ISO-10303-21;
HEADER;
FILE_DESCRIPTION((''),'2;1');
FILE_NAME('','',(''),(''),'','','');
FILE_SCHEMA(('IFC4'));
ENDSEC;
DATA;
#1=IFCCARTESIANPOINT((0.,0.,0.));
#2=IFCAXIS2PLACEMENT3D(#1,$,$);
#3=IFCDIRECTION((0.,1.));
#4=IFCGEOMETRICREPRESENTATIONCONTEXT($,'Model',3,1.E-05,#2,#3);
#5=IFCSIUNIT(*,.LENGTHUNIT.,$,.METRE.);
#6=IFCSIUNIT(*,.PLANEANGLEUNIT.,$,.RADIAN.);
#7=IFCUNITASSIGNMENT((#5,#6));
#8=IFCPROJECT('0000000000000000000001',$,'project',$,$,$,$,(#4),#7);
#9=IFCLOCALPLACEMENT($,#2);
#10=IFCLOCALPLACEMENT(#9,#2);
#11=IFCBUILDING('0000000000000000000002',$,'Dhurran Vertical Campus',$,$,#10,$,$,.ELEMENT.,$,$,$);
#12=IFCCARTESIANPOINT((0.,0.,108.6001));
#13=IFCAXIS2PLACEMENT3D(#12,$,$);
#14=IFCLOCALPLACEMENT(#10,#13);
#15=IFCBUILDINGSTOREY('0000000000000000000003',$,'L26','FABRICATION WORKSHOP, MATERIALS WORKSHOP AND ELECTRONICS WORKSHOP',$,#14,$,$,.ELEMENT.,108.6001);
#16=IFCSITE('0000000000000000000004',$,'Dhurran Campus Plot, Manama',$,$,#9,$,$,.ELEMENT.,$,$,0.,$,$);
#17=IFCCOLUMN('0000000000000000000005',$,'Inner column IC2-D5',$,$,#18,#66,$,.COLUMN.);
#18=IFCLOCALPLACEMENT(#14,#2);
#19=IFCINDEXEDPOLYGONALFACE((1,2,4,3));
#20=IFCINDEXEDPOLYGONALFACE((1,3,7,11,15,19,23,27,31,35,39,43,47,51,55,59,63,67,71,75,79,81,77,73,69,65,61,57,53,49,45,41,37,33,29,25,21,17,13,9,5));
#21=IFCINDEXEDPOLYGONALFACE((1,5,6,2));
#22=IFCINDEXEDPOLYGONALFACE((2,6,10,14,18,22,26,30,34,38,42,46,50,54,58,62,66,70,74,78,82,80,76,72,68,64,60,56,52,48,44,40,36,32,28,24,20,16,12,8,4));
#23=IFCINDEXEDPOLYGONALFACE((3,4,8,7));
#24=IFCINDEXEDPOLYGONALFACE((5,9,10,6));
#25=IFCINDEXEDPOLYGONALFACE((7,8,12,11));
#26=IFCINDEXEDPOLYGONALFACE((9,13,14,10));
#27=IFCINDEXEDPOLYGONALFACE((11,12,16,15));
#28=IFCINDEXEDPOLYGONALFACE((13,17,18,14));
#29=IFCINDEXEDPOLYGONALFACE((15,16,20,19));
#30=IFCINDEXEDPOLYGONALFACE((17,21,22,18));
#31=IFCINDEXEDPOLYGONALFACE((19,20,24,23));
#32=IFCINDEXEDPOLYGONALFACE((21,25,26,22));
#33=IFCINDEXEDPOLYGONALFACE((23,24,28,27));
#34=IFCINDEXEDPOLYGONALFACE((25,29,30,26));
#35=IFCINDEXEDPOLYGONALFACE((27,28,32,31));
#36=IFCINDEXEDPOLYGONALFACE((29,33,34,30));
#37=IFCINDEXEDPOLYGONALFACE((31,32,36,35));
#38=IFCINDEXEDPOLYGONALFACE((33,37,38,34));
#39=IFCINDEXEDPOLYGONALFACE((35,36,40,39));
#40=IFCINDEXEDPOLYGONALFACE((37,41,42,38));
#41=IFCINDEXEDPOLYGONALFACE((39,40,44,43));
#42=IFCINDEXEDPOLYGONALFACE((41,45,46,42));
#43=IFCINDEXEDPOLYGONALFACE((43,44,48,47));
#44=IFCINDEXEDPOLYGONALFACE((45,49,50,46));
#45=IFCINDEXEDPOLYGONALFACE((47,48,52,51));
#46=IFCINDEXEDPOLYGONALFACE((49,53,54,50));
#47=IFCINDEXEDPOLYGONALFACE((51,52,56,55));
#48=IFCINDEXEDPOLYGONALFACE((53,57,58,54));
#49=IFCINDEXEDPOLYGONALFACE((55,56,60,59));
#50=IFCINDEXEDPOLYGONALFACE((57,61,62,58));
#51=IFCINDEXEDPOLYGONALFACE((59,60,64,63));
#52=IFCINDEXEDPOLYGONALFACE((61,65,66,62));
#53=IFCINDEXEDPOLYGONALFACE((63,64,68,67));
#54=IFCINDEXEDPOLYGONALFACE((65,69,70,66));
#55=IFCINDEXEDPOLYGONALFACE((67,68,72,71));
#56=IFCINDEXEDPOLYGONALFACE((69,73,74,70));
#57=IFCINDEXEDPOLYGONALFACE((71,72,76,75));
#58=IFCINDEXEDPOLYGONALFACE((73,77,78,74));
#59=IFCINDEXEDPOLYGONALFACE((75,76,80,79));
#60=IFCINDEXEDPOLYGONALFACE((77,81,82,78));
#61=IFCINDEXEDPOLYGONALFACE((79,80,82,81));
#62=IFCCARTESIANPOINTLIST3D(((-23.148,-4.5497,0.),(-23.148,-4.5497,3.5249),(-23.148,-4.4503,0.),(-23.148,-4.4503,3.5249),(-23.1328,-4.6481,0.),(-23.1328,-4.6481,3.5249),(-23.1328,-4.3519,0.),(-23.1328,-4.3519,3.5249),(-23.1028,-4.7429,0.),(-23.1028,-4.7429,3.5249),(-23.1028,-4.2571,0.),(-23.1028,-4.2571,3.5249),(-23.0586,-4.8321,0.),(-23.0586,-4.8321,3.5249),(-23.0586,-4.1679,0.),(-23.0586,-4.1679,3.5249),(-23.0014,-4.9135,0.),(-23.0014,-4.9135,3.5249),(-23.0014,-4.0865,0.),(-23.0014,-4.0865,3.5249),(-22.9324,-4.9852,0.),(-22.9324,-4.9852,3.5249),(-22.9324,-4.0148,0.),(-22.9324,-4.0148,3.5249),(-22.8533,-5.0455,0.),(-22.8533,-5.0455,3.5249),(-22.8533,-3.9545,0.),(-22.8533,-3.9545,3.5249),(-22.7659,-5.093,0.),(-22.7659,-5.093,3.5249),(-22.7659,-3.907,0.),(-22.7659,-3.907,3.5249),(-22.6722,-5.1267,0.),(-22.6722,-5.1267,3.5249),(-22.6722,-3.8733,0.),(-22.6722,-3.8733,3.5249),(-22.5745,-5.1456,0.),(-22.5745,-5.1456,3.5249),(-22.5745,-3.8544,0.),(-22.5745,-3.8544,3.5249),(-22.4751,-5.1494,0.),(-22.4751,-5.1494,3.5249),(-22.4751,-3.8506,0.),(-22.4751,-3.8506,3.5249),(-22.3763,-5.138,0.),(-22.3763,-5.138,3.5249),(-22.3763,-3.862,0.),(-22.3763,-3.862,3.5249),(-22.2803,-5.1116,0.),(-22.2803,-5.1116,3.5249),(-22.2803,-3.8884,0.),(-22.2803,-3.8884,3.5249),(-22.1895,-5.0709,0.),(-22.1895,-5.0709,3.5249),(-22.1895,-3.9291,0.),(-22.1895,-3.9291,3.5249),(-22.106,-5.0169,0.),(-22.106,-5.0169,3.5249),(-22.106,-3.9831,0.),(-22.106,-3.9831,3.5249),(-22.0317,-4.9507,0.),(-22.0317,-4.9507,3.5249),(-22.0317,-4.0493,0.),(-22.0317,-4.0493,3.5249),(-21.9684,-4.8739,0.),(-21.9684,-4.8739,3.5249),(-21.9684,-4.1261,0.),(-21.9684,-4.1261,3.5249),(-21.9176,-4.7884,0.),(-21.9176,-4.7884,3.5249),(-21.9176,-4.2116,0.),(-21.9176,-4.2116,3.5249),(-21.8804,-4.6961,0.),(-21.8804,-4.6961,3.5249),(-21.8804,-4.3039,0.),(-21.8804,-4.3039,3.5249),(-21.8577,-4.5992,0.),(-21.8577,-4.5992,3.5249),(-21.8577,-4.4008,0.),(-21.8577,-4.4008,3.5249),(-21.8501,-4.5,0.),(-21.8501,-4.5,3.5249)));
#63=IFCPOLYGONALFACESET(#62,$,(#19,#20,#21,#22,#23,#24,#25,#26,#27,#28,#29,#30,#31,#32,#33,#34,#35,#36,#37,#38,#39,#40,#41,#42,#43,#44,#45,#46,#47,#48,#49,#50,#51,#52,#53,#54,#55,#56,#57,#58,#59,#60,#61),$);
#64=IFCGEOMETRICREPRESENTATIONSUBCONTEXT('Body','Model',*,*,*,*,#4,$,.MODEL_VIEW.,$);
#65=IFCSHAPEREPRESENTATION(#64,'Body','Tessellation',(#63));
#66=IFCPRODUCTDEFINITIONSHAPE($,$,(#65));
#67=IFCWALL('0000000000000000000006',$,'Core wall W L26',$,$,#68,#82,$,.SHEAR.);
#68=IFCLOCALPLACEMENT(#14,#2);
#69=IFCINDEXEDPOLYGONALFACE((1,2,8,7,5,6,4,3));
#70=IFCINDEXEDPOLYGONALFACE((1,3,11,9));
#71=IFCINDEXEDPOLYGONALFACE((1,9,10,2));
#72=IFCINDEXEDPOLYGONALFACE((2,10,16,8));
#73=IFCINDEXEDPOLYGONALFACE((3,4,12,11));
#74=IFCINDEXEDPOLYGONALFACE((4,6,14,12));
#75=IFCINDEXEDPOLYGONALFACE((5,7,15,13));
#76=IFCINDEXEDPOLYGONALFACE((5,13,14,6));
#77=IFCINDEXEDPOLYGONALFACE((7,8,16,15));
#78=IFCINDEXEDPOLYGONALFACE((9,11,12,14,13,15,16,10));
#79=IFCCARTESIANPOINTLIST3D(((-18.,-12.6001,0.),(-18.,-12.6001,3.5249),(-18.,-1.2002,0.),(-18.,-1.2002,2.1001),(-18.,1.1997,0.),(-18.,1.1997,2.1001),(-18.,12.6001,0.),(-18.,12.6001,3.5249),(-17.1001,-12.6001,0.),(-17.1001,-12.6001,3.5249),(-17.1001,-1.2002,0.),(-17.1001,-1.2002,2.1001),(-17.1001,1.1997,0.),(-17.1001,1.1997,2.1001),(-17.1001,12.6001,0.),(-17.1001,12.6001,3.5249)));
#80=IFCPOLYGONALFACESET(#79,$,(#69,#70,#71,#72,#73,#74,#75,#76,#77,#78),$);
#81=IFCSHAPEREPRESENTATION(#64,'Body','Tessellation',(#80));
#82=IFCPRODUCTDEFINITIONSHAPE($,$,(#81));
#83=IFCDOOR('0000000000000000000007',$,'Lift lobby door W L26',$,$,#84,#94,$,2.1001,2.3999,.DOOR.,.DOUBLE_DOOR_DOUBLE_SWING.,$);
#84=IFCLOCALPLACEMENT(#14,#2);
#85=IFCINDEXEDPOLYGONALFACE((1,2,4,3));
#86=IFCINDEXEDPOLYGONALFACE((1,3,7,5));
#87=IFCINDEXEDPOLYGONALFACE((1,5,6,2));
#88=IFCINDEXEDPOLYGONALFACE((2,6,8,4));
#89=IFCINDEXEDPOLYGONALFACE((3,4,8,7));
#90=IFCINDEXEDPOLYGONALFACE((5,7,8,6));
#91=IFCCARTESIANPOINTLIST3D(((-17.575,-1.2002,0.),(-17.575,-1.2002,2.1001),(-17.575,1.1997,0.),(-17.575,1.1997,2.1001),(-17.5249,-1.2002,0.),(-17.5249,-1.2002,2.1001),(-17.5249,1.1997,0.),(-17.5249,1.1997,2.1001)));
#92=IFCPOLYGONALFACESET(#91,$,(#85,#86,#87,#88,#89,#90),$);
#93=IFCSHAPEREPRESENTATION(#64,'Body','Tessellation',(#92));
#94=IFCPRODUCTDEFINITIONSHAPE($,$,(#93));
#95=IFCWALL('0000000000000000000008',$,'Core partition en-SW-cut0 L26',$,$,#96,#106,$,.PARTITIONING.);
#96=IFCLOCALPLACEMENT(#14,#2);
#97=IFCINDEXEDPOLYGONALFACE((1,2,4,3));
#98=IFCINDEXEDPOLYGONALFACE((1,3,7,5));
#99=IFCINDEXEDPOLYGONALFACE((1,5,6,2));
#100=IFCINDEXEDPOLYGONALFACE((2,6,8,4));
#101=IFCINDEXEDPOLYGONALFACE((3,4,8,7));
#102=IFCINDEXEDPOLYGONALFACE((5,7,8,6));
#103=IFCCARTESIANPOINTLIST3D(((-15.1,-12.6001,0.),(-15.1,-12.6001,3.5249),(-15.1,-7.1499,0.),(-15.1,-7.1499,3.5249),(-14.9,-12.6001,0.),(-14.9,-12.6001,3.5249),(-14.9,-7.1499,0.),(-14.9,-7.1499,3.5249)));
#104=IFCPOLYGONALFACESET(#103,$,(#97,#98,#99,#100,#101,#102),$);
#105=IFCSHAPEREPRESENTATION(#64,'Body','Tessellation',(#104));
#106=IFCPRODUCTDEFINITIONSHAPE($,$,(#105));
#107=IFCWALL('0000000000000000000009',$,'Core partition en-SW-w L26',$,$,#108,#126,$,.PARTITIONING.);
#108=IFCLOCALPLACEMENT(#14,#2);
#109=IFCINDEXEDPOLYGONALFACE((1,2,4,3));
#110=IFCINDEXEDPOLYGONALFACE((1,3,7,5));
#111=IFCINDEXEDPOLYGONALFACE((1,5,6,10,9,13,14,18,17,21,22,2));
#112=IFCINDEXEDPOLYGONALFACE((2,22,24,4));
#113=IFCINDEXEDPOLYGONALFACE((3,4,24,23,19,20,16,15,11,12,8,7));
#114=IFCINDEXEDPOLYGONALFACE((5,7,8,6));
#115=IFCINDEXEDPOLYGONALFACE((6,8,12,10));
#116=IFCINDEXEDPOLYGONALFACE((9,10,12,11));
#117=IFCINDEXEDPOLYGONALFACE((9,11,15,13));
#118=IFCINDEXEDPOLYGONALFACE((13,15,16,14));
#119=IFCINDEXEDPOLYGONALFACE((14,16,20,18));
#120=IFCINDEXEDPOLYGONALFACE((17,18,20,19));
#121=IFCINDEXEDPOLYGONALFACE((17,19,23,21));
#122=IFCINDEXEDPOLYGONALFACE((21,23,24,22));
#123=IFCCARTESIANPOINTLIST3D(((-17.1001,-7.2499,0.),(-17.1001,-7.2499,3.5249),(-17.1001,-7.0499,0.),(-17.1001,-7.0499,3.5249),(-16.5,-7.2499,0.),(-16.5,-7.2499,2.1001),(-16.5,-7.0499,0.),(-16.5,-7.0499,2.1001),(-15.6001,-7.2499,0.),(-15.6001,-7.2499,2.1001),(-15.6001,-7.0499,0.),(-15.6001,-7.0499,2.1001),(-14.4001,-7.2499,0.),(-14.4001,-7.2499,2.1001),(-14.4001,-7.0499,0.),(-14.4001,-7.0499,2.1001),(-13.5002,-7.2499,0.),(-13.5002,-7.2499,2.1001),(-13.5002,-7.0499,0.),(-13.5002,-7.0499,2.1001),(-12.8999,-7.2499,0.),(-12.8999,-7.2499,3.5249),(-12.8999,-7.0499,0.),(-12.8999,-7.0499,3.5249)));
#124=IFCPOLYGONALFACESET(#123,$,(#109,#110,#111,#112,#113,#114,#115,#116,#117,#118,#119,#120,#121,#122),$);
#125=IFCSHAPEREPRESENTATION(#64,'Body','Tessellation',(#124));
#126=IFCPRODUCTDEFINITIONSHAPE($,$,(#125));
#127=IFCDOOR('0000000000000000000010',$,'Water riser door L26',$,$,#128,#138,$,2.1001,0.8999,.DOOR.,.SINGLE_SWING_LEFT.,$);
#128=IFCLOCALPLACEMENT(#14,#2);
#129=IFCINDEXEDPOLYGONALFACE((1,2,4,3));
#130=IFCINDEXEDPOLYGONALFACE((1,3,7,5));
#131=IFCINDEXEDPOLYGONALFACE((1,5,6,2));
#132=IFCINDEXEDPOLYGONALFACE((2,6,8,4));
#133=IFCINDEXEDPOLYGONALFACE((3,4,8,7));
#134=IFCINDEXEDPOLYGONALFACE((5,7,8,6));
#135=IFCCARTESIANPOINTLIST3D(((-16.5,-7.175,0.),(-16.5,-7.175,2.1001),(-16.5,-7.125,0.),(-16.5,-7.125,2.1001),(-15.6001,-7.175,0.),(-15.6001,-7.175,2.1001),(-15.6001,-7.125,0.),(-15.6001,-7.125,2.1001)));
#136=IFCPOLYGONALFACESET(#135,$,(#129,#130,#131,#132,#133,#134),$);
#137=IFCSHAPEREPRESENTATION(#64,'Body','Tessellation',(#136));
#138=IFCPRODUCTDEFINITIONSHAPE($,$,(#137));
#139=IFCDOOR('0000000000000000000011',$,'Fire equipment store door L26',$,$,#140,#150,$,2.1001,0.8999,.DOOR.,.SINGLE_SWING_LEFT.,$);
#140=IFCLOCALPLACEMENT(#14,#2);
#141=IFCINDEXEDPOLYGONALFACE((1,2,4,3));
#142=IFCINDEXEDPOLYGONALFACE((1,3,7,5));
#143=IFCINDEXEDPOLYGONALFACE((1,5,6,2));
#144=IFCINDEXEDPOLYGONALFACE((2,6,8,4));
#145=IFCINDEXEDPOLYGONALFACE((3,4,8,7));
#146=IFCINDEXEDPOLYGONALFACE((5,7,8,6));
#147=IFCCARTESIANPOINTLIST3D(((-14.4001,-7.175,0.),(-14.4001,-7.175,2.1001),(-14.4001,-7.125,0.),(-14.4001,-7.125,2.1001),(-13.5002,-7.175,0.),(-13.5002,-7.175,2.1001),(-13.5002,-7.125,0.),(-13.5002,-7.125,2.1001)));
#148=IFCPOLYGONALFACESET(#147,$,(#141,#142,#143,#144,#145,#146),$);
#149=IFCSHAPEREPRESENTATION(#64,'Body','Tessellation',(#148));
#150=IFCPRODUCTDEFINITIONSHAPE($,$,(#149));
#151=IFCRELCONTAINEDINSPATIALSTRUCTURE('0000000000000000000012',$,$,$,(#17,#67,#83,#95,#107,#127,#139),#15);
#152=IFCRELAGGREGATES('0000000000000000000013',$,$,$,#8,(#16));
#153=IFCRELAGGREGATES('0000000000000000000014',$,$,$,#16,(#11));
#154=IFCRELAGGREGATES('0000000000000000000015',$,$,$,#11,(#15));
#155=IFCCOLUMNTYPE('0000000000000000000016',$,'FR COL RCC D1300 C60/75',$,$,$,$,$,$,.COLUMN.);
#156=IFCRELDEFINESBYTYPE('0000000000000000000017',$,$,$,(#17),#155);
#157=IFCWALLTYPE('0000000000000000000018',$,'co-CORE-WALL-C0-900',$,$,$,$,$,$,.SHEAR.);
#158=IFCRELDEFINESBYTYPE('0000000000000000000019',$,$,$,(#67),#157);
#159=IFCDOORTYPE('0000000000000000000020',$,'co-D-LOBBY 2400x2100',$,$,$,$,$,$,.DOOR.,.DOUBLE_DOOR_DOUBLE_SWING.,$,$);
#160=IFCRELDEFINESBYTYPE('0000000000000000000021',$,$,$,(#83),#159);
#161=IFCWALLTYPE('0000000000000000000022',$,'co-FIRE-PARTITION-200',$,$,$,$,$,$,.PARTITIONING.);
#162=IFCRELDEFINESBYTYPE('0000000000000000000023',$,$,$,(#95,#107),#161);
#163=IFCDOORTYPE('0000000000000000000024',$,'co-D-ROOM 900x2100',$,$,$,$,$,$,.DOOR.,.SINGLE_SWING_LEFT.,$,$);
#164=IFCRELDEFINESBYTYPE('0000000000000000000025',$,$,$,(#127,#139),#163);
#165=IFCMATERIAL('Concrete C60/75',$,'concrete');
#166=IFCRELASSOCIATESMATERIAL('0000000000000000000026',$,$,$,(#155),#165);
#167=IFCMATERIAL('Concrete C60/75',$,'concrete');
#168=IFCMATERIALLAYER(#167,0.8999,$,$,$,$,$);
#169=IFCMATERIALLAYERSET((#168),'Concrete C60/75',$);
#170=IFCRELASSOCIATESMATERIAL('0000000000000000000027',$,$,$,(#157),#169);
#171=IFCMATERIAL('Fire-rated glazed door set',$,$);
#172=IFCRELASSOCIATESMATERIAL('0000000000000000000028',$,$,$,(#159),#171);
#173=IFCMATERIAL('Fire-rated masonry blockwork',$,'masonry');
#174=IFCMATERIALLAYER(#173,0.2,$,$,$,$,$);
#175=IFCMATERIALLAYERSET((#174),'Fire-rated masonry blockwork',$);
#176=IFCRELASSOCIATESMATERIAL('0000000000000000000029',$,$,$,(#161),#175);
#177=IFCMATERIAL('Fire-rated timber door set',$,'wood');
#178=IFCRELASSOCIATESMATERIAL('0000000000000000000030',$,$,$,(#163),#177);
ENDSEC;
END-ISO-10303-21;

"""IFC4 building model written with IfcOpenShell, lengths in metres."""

from ifc_helpers import new_model, si_unit, direction, frame, frame_2d, origin, origin_2d, place, context, subcontext, project, spatial, rectangle, circle, extrude, material, layer, layer_set, material_profile, profile_set, type_object, element, fill, save


model = new_model("IFC4")

# Units and contexts
model_context = context("Model", 3, precision=1e-05, world=origin(), true_north=direction((0.0, 1.0)))
body_context = subcontext(model_context, "Body", "Model", "MODEL_VIEW")
ifc_project = project(units=[si_unit("LENGTHUNIT", "METRE"), si_unit("PLANEANGLEUNIT", "RADIAN")], contexts=[model_context])

# Site, building, storey
site_placement = place(None, origin())
site = spatial("IfcSite", under=ifc_project, at=site_placement, Name="Dhurran Campus Plot, Manama", CompositionType="ELEMENT", RefElevation=0.0)
building_placement = place(site_placement, origin())
building = spatial("IfcBuilding", under=site, at=building_placement, Name="Dhurran Vertical Campus", CompositionType="ELEMENT")
storey_placement = place(building_placement, frame((0.0, 0.0, 108.6001)))
storey = spatial("IfcBuildingStorey", under=building, at=storey_placement, Name="L26", Description="FABRICATION WORKSHOP, MATERIALS WORKSHOP AND ELECTRONICS WORKSHOP", CompositionType="ELEMENT", Elevation=108.6001)

# Column
ifc_material_1 = material(Name="Concrete C60/75", Category="concrete")
ifc_material_profile = material_profile(ifc_material_1, circle(Radius=0.6499, at=origin_2d()), Name="RCC D1300")
ifc_profile_set = profile_set([ifc_material_profile], Name="Concrete C60/75")
column_type = type_object("IfcColumnType", Name="FR COL RCC D1300 C60/75", PredefinedType="COLUMN", material=ifc_profile_set)
column_placement = place(storey_placement, frame((-22.5, -4.5, 0.0), z_axis=(0.0, 0.0, 1.0), x_axis=(1.0, 0.0, 0.0)))
element("IfcColumn", 1, at=column_placement, inside=storey, type_object=column_type, Name="Inner column IC2-D5", PredefinedType="COLUMN", context=body_context, shape_type="SweptSolid", body=[
    extrude(circle(Radius=0.6499, at=origin_2d()), origin(), (0.0, 0.0, 1.0), 3.5249),
])

# Wall, opening, door
ifc_material_2 = material(Name="Concrete C60/75", Category="concrete")
ifc_layer_1 = layer(ifc_material_2, 0.8999)
ifc_layer_set_1 = layer_set([ifc_layer_1], Name="Concrete C60/75")
wall_type_1 = type_object("IfcWallType", Name="co-CORE-WALL-C0-900", PredefinedType="SHEAR", material=ifc_layer_set_1)
wall_1_placement = place(storey_placement, frame((-17.55, -12.6001, 0.0), z_axis=(0.0, 0.0, 1.0), x_axis=(0.0, 1.0, 0.0)))
wall_1 = element("IfcWall", 2, at=wall_1_placement, inside=storey, type_object=wall_type_1, Name="Core wall W L26", PredefinedType="SHEAR", context=body_context, shape_type="SweptSolid", body=[
    extrude(rectangle(XDim=25.2002, YDim=0.8999, at=frame_2d((12.6001, 0.0))), origin(), (0.0, 0.0, 1.0), 3.5249),
])
opening_1_placement = place(wall_1_placement, frame((11.3999, 0.0, 0.0)))
opening_1 = element("IfcOpeningElement", 3, at=opening_1_placement, cuts=wall_1, PredefinedType="OPENING", context=body_context, shape_type="SweptSolid", body=[
    extrude(rectangle(XDim=2.3999, YDim=2.1001, at=frame_2d((1.2, 1.05))), frame((0.0, 0.46, 0.0), z_axis=(0.0, -1.0, 0.0), x_axis=(1.0, 0.0, 0.0)), (0.0, 0.0, 1.0), 0.9199),
])
ifc_material_3 = material(Name="Fire-rated glazed door set")
door_type_1 = type_object("IfcDoorType", Name="co-D-LOBBY 2400x2100", OperationType="DOUBLE_DOOR_DOUBLE_SWING", PredefinedType="DOOR", material=ifc_material_3)
door_1_placement = place(opening_1_placement, origin())
door_1 = element("IfcDoor", 4, at=door_1_placement, inside=storey, type_object=door_type_1, Name="Lift lobby door W L26", OperationType="DOUBLE_DOOR_DOUBLE_SWING", OverallHeight=2.1001, OverallWidth=2.3999, PredefinedType="DOOR", context=body_context, shape_type="SweptSolid", body=[
    extrude(rectangle(XDim=2.3999, YDim=2.1001, at=frame_2d((1.2, 1.05))), frame((0.0, 0.0249, 0.0), z_axis=(0.0, -1.0, 0.0), x_axis=(1.0, 0.0, 0.0)), (0.0, 0.0, 1.0), 0.05),
])
fill(opening_1, door_1)

# Wall
ifc_material_4 = material(Name="Fire-rated masonry blockwork", Category="masonry")
ifc_layer_2 = layer(ifc_material_4, 0.2)
ifc_layer_set_2 = layer_set([ifc_layer_2], Name="Fire-rated masonry blockwork")
wall_type_2 = type_object("IfcWallType", Name="co-FIRE-PARTITION-200", PredefinedType="PARTITIONING", material=ifc_layer_set_2)
wall_2_placement = place(storey_placement, frame((-15.0, -12.6001, 0.0), z_axis=(0.0, 0.0, 1.0), x_axis=(0.0, 1.0, 0.0)))
element("IfcWall", 5, at=wall_2_placement, inside=storey, type_object=wall_type_2, Name="Core partition en-SW-cut0 L26", PredefinedType="PARTITIONING", context=body_context, shape_type="SweptSolid", body=[
    extrude(rectangle(XDim=5.4502, YDim=0.2, at=frame_2d((2.7251, 0.0))), origin(), (0.0, 0.0, 1.0), 3.5249),
])

# Wall, openings, doors
wall_3_placement = place(storey_placement, frame((-17.1001, -7.1499, 0.0), z_axis=(0.0, 0.0, 1.0), x_axis=(1.0, 0.0, 0.0)))
wall_3 = element("IfcWall", 6, at=wall_3_placement, inside=storey, type_object=wall_type_2, Name="Core partition en-SW-w L26", PredefinedType="PARTITIONING", context=body_context, shape_type="SweptSolid", body=[
    extrude(rectangle(XDim=4.2002, YDim=0.2, at=frame_2d((2.1001, 0.0))), origin(), (0.0, 0.0, 1.0), 3.5249),
])
opening_2_placement = place(wall_3_placement, frame((0.6001, 0.0, 0.0)))
opening_2 = element("IfcOpeningElement", 7, at=opening_2_placement, cuts=wall_3, PredefinedType="OPENING", context=body_context, shape_type="SweptSolid", body=[
    extrude(rectangle(XDim=0.8999, YDim=2.1001, at=frame_2d((0.45, 1.05))), frame((0.0, 0.1099, 0.0), z_axis=(0.0, -1.0, 0.0), x_axis=(1.0, 0.0, 0.0)), (0.0, 0.0, 1.0), 0.22),
])
opening_3_placement = place(wall_3_placement, frame((2.7, 0.0, 0.0)))
opening_3 = element("IfcOpeningElement", 8, at=opening_3_placement, cuts=wall_3, PredefinedType="OPENING", context=body_context, shape_type="SweptSolid", body=[
    extrude(rectangle(XDim=0.8999, YDim=2.1001, at=frame_2d((0.45, 1.05))), frame((0.0, 0.1099, 0.0), z_axis=(0.0, -1.0, 0.0), x_axis=(1.0, 0.0, 0.0)), (0.0, 0.0, 1.0), 0.22),
])
ifc_material_5 = material(Name="Fire-rated timber door set", Category="wood")
door_type_2 = type_object("IfcDoorType", Name="co-D-ROOM 900x2100", OperationType="SINGLE_SWING_LEFT", PredefinedType="DOOR", material=ifc_material_5)
door_2_placement = place(opening_2_placement, origin())
door_2 = element("IfcDoor", 9, at=door_2_placement, inside=storey, type_object=door_type_2, Name="Water riser door L26", OperationType="SINGLE_SWING_LEFT", OverallHeight=2.1001, OverallWidth=0.8999, PredefinedType="DOOR", context=body_context, shape_type="SweptSolid", body=[
    extrude(rectangle(XDim=0.8999, YDim=2.1001, at=frame_2d((0.45, 1.05))), frame((0.0, 0.0249, 0.0), z_axis=(0.0, -1.0, 0.0), x_axis=(1.0, 0.0, 0.0)), (0.0, 0.0, 1.0), 0.05),
])
fill(opening_2, door_2)
door_3_placement = place(opening_3_placement, origin())
door_3 = element("IfcDoor", 10, at=door_3_placement, inside=storey, type_object=door_type_2, Name="Fire equipment store door L26", OperationType="SINGLE_SWING_LEFT", OverallHeight=2.1001, OverallWidth=0.8999, PredefinedType="DOOR", context=body_context, shape_type="SweptSolid", body=[
    extrude(rectangle(XDim=0.8999, YDim=2.1001, at=frame_2d((0.45, 1.05))), frame((0.0, 0.0249, 0.0), z_axis=(0.0, -1.0, 0.0), x_axis=(1.0, 0.0, 0.0)), (0.0, 0.0, 1.0), 0.05),
])
fill(opening_3, door_3)

save(model, "model.ifc")
